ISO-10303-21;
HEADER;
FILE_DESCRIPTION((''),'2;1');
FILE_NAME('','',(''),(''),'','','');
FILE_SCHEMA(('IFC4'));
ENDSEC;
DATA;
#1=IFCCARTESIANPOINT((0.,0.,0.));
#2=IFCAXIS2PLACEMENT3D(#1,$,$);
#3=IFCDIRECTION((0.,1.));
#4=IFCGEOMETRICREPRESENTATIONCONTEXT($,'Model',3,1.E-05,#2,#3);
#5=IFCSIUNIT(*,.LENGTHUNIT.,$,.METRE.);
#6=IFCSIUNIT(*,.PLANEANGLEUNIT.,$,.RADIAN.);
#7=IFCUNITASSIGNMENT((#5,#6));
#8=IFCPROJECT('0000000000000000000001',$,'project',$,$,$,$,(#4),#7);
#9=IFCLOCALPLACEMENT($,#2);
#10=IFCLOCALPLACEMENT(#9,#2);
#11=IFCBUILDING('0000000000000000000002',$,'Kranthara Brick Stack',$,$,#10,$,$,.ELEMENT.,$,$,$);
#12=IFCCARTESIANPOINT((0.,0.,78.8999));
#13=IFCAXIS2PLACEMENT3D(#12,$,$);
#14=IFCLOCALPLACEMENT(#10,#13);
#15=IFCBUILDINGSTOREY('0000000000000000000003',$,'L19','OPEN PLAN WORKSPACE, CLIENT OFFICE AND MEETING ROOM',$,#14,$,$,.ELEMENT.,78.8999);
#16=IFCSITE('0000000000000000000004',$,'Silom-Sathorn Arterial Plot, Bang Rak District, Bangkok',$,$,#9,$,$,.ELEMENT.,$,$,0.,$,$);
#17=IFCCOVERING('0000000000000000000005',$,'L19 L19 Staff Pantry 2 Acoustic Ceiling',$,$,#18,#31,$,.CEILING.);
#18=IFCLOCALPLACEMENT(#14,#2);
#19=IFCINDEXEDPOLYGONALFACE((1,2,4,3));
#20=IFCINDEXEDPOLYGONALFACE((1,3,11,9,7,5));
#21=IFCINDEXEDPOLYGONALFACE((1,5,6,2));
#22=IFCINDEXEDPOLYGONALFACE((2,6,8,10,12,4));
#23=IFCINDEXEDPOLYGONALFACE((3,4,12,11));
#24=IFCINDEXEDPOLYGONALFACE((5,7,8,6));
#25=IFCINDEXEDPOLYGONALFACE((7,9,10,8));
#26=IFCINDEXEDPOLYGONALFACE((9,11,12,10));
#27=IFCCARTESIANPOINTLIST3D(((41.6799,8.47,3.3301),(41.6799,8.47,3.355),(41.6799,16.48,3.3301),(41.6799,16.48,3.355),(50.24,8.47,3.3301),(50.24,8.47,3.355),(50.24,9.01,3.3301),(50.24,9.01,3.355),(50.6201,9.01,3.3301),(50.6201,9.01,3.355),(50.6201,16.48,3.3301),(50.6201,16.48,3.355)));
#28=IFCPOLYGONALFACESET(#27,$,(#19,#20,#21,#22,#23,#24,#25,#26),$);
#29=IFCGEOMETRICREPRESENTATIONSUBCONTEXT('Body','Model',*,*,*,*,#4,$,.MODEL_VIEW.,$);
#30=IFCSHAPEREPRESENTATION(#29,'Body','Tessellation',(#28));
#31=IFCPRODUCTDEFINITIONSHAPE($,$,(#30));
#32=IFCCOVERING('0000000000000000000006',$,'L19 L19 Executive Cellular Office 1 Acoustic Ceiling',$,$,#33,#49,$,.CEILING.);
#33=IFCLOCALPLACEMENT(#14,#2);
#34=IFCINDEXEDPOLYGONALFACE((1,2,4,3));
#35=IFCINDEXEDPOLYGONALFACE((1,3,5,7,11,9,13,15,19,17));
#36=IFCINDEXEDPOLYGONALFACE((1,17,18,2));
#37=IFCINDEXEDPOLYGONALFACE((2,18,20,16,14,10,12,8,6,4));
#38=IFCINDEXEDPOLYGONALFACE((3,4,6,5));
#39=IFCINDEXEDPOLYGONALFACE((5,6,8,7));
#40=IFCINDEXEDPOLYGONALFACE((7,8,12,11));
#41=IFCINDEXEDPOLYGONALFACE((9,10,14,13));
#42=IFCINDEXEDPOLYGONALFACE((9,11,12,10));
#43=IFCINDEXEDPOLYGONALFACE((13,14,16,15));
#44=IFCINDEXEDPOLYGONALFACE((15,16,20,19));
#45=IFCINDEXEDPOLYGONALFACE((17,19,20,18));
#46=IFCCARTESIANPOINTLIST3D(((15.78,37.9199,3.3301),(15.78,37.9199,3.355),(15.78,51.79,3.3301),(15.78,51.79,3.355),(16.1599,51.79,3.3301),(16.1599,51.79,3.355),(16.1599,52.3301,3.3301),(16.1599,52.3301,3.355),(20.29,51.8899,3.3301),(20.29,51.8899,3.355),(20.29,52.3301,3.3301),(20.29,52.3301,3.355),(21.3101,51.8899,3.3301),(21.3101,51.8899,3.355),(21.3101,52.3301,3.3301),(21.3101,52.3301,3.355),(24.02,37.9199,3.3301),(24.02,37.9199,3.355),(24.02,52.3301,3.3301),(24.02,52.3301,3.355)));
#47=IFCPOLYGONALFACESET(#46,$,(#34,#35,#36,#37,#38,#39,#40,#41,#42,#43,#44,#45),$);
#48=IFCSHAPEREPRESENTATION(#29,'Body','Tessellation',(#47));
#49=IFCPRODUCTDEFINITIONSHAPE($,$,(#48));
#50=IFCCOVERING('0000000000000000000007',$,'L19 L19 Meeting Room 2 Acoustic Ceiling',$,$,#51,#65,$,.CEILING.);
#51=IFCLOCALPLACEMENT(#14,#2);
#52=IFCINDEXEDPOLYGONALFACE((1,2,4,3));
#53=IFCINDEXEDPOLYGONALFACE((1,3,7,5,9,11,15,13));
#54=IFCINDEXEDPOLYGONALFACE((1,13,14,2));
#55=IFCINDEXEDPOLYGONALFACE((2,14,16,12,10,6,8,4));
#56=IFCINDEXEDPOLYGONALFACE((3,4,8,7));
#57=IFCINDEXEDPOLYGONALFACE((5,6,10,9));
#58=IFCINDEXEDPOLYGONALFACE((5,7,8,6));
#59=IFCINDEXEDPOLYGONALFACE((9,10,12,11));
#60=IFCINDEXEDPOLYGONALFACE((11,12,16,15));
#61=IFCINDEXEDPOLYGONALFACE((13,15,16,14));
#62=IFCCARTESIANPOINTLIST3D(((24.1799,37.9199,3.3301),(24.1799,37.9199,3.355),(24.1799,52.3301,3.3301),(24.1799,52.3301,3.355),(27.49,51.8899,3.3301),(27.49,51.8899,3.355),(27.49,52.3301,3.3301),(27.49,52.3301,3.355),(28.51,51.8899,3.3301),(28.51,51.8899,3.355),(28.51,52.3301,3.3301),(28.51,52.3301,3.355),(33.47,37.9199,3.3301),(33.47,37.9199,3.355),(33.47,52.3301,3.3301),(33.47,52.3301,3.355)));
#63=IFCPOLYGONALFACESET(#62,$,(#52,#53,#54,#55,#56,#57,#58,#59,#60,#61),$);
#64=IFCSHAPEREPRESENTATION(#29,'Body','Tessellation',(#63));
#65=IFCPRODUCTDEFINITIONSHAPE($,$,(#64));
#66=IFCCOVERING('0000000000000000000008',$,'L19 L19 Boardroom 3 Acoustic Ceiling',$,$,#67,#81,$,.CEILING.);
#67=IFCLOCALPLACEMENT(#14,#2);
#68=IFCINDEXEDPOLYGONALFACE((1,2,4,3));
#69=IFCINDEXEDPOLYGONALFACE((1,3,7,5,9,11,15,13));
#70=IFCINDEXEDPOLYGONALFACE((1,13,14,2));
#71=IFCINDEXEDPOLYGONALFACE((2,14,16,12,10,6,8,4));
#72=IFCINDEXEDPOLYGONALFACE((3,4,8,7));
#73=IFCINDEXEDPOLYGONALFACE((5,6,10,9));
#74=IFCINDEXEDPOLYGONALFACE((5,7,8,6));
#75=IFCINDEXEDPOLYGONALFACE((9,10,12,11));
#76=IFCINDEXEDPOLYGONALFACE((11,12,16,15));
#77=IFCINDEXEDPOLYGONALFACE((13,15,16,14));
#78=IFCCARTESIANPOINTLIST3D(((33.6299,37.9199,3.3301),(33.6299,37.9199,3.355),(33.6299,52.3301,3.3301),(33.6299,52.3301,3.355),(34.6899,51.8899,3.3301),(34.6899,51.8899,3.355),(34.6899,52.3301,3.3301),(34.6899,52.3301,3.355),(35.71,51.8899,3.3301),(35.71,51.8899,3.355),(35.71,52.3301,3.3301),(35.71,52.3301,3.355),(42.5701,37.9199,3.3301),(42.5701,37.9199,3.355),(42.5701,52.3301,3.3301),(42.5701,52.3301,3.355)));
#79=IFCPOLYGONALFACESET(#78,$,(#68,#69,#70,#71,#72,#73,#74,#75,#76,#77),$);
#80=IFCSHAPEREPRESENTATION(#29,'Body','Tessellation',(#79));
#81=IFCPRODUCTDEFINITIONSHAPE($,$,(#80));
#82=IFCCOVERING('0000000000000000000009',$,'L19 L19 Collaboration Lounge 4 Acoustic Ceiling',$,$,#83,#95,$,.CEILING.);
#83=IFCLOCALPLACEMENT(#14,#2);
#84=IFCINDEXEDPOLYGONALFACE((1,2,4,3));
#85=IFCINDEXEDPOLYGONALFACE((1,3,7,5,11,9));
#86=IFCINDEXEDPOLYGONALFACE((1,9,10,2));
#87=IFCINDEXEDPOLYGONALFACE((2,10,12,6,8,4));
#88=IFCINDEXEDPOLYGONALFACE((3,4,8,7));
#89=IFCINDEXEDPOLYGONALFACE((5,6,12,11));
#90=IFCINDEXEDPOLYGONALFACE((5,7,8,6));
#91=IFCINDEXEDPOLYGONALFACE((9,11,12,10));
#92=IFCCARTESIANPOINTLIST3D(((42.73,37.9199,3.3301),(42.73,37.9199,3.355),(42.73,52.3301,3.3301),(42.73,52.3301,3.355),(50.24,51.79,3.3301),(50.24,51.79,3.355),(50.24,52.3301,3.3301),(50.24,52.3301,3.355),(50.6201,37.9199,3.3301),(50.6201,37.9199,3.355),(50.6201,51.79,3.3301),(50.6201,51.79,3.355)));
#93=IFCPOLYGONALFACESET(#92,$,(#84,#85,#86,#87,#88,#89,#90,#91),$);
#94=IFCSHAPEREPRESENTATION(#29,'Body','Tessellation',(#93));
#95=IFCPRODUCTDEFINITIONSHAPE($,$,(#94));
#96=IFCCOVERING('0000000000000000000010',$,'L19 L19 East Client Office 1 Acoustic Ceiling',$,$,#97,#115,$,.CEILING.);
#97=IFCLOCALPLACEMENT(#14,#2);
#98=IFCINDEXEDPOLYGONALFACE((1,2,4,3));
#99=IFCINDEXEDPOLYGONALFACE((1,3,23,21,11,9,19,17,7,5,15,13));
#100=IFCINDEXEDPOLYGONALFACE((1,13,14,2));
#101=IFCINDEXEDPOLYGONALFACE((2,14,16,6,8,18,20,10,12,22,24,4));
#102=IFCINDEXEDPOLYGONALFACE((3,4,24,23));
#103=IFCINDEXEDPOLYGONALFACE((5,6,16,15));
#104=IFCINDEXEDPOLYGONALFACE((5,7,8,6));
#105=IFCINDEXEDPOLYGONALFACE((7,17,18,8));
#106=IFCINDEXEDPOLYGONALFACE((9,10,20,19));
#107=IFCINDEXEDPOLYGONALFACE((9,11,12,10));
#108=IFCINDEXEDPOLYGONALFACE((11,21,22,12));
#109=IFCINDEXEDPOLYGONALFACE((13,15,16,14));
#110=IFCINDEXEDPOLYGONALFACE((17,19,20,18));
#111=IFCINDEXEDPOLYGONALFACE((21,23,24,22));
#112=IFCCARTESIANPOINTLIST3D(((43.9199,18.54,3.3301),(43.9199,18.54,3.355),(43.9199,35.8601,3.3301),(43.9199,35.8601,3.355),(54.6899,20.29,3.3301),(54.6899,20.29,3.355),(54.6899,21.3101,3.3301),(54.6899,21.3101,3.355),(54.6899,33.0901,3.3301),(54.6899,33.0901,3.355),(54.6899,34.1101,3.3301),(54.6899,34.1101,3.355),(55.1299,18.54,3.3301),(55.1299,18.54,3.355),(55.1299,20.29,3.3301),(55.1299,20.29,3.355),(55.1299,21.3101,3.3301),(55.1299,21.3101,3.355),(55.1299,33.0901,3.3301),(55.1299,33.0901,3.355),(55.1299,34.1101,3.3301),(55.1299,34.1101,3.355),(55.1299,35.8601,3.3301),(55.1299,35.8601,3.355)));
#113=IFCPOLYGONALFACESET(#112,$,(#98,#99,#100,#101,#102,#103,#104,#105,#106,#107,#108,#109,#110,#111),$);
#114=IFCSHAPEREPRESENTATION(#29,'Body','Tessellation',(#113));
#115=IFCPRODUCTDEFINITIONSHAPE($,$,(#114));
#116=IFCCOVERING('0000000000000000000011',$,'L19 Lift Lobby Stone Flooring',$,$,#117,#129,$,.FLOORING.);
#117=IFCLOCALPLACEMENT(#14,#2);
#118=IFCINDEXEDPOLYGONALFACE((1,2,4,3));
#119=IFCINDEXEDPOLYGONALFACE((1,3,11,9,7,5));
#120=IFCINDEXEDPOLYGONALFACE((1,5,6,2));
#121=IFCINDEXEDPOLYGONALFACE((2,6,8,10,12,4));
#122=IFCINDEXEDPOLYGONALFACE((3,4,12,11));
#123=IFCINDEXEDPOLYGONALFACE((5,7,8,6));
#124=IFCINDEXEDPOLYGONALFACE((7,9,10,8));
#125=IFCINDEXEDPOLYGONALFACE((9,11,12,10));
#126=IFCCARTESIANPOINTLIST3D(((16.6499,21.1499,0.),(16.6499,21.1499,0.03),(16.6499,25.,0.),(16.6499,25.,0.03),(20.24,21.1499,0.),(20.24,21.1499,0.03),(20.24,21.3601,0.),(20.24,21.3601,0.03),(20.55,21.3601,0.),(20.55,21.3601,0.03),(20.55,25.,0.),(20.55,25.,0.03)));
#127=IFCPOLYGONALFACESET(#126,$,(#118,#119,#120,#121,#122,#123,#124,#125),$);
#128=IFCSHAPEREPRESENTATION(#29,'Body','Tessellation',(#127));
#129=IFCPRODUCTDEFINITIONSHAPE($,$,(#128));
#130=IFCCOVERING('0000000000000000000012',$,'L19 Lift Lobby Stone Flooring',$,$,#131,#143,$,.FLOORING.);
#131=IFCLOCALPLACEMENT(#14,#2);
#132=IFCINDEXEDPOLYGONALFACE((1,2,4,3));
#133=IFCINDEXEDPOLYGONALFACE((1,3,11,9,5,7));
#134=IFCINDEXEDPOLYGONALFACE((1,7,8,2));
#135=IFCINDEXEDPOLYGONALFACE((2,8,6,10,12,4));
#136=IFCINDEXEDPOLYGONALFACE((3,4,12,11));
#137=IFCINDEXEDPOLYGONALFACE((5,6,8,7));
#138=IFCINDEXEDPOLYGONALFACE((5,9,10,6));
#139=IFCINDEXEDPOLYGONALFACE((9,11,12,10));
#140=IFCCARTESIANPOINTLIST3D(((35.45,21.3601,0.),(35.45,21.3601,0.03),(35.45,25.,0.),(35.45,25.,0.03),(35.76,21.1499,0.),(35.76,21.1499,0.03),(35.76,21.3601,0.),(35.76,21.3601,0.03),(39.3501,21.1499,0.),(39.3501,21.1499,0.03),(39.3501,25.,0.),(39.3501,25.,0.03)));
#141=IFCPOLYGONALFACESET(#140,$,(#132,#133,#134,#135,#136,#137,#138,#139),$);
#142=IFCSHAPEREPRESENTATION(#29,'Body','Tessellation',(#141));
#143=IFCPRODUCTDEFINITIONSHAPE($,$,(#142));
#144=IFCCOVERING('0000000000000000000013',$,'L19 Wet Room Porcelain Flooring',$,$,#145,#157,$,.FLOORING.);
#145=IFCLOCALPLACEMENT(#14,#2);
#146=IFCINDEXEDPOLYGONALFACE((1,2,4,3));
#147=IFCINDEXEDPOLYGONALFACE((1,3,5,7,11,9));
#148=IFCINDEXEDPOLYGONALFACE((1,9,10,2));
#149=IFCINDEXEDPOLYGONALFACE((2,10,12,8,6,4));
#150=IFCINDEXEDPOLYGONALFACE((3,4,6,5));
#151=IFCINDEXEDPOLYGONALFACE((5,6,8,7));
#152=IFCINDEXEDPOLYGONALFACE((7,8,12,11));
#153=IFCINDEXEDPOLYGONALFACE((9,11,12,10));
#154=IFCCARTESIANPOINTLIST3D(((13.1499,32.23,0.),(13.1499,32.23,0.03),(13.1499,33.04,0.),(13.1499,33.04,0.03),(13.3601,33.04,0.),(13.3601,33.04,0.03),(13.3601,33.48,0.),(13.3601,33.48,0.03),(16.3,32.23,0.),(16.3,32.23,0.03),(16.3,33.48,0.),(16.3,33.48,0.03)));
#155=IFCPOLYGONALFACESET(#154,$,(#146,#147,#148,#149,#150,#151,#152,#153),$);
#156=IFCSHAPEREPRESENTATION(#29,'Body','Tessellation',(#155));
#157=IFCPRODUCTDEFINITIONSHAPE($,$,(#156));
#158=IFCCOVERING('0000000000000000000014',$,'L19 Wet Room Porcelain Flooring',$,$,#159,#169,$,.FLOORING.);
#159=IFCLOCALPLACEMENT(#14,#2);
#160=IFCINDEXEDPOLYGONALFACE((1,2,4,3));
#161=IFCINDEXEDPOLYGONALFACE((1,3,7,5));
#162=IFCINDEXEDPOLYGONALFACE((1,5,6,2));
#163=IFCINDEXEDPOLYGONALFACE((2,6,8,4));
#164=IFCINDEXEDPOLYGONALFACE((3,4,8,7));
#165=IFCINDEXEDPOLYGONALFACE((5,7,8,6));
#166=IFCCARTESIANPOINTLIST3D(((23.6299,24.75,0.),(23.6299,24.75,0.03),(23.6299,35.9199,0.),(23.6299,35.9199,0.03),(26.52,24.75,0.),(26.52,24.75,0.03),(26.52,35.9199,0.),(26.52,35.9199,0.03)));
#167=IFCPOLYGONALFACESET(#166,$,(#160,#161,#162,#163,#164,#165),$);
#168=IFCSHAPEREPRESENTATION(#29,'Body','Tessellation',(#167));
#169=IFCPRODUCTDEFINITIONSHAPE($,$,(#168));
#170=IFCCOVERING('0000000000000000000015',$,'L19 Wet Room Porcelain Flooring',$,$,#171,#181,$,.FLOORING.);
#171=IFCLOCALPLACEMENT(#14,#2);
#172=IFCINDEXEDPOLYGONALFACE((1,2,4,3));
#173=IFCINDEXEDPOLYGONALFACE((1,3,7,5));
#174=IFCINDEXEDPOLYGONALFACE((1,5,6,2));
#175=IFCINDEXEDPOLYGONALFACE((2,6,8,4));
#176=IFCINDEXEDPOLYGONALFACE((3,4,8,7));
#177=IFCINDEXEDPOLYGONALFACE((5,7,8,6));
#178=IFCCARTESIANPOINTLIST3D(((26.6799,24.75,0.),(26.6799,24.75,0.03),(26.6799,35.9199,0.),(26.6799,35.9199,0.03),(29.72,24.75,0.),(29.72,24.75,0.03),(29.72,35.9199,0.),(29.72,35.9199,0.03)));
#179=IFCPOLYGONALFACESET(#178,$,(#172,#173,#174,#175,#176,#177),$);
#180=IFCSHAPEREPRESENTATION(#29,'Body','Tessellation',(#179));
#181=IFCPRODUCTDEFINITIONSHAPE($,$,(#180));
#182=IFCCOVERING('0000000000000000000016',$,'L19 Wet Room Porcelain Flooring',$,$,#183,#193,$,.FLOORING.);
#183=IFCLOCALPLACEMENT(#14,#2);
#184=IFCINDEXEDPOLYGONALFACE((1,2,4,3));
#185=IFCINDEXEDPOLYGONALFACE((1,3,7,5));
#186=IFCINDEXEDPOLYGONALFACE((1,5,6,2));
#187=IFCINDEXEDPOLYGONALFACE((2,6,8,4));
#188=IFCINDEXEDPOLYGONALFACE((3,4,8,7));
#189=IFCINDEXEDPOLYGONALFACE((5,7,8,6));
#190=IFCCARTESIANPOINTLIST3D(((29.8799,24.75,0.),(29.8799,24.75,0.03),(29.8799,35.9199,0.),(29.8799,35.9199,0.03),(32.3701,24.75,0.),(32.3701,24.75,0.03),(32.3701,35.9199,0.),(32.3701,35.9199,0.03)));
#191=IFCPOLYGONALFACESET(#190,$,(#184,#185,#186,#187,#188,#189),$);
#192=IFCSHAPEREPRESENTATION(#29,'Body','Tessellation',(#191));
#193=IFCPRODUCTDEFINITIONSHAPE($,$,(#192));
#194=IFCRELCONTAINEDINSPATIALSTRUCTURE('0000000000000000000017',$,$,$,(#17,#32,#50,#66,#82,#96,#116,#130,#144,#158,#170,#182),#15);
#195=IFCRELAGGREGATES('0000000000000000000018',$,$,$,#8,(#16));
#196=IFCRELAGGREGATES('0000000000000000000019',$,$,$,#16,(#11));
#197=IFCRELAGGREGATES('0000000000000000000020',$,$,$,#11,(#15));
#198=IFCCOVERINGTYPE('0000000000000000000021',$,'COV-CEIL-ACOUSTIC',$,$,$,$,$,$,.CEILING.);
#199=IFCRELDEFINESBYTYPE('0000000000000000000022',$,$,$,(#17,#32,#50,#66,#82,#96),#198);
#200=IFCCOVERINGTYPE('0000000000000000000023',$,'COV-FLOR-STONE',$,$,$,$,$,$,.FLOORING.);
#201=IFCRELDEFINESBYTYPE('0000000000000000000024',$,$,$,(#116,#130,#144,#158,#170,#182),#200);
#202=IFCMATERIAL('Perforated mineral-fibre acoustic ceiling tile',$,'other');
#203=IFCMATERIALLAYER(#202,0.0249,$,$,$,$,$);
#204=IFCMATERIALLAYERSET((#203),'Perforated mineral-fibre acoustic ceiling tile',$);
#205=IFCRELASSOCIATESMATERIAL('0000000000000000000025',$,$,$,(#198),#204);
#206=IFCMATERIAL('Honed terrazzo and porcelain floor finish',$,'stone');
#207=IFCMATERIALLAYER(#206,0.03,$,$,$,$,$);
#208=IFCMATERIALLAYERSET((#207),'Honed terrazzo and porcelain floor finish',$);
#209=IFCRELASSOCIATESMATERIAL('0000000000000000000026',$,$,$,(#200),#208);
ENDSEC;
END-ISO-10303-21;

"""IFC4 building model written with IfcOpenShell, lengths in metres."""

from ifc_helpers import new_model, si_unit, direction, frame, origin, place, context, subcontext, project, spatial, polyline, outline, extrude, material, layer, layer_set, type_object, element, save


model = new_model("IFC4")

# Units and contexts
model_context = context("Model", 3, precision=1e-05, world=origin(), true_north=direction((0.0, 1.0)))
body_context = subcontext(model_context, "Body", "Model", "MODEL_VIEW")
ifc_project = project(units=[si_unit("LENGTHUNIT", "METRE"), si_unit("PLANEANGLEUNIT", "RADIAN")], contexts=[model_context])

# Site, building, storey
site_placement = place(None, origin())
site = spatial("IfcSite", under=ifc_project, at=site_placement, Name="Silom-Sathorn Arterial Plot, Bang Rak District, Bangkok", CompositionType="ELEMENT", RefElevation=0.0)
building_placement = place(site_placement, origin())
building = spatial("IfcBuilding", under=site, at=building_placement, Name="Kranthara Brick Stack", CompositionType="ELEMENT")
storey_placement = place(building_placement, frame((0.0, 0.0, 78.8999)))
storey = spatial("IfcBuildingStorey", under=building, at=storey_placement, Name="L19", Description="OPEN PLAN WORKSPACE, CLIENT OFFICE AND MEETING ROOM", CompositionType="ELEMENT", Elevation=78.8999)

# Coverings
ifc_material_1 = material(Name="Perforated mineral-fibre acoustic ceiling tile", Category="other")
ifc_layer_1 = layer(ifc_material_1, 0.0249)
ifc_layer_set_1 = layer_set([ifc_layer_1], Name="Perforated mineral-fibre acoustic ceiling tile")
covering_type_1 = type_object("IfcCoveringType", Name="COV-CEIL-ACOUSTIC", PredefinedType="CEILING", material=ifc_layer_set_1)
covering_1_placement = place(storey_placement, frame((0.0, 0.0, 3.3301)))
element("IfcCovering", 1, at=covering_1_placement, inside=storey, type_object=covering_type_1, Name="L19 L19 Staff Pantry 2 Acoustic Ceiling", PredefinedType="CEILING", context=body_context, shape_type="SweptSolid", body=[
    extrude(outline(polyline([(41.6799, 8.47), (41.6799, 16.48), (50.6201, 16.48), (50.6201, 9.01), (50.24, 9.01), (50.24, 8.47), (41.6799, 8.47)])), origin(), (0.0, 0.0, 1.0), 0.0249),
])
covering_2_placement = place(storey_placement, frame((0.0, 0.0, 3.3301)))
element("IfcCovering", 2, at=covering_2_placement, inside=storey, type_object=covering_type_1, Name="L19 L19 Executive Cellular Office 1 Acoustic Ceiling", PredefinedType="CEILING", context=body_context, shape_type="SweptSolid", body=[
    extrude(outline(polyline([(24.02, 37.9199), (15.78, 37.9199), (15.78, 51.79), (16.1599, 51.79), (16.1599, 52.3301), (20.29, 52.3301), (20.29, 51.8899), (21.3101, 51.8899), (21.3101, 52.3301), (24.02, 52.3301), (24.02, 37.9199)])), origin(), (0.0, 0.0, 1.0), 0.0249),
])
covering_3_placement = place(storey_placement, frame((0.0, 0.0, 3.3301)))
element("IfcCovering", 3, at=covering_3_placement, inside=storey, type_object=covering_type_1, Name="L19 L19 Meeting Room 2 Acoustic Ceiling", PredefinedType="CEILING", context=body_context, shape_type="SweptSolid", body=[
    extrude(outline(polyline([(33.47, 52.3301), (33.47, 37.9199), (24.1799, 37.9199), (24.1799, 52.3301), (27.49, 52.3301), (27.49, 51.8899), (28.51, 51.8899), (28.51, 52.3301), (33.47, 52.3301)])), origin(), (0.0, 0.0, 1.0), 0.0249),
])
covering_4_placement = place(storey_placement, frame((0.0, 0.0, 3.3301)))
element("IfcCovering", 4, at=covering_4_placement, inside=storey, type_object=covering_type_1, Name="L19 L19 Boardroom 3 Acoustic Ceiling", PredefinedType="CEILING", context=body_context, shape_type="SweptSolid", body=[
    extrude(outline(polyline([(42.5701, 52.3301), (42.5701, 37.9199), (33.6299, 37.9199), (33.6299, 52.3301), (34.6899, 52.3301), (34.6899, 51.8899), (35.71, 51.8899), (35.71, 52.3301), (42.5701, 52.3301)])), origin(), (0.0, 0.0, 1.0), 0.0249),
])
covering_5_placement = place(storey_placement, frame((0.0, 0.0, 3.3301)))
element("IfcCovering", 5, at=covering_5_placement, inside=storey, type_object=covering_type_1, Name="L19 L19 Collaboration Lounge 4 Acoustic Ceiling", PredefinedType="CEILING", context=body_context, shape_type="SweptSolid", body=[
    extrude(outline(polyline([(50.6201, 37.9199), (42.73, 37.9199), (42.73, 52.3301), (50.24, 52.3301), (50.24, 51.79), (50.6201, 51.79), (50.6201, 37.9199)])), origin(), (0.0, 0.0, 1.0), 0.0249),
])
covering_6_placement = place(storey_placement, frame((0.0, 0.0, 3.3301)))
element("IfcCovering", 6, at=covering_6_placement, inside=storey, type_object=covering_type_1, Name="L19 L19 East Client Office 1 Acoustic Ceiling", PredefinedType="CEILING", context=body_context, shape_type="SweptSolid", body=[
    extrude(outline(polyline([(43.9199, 18.54), (43.9199, 35.8601), (55.1299, 35.8601), (55.1299, 34.1101), (54.6899, 34.1101), (54.6899, 33.0901), (55.1299, 33.0901), (55.1299, 21.3101), (54.6899, 21.3101), (54.6899, 20.29), (55.1299, 20.29), (55.1299, 18.54), (43.9199, 18.54)])), origin(), (0.0, 0.0, 1.0), 0.0249),
])
ifc_material_2 = material(Name="Honed terrazzo and porcelain floor finish", Category="stone")
ifc_layer_2 = layer(ifc_material_2, 0.03)
ifc_layer_set_2 = layer_set([ifc_layer_2], Name="Honed terrazzo and porcelain floor finish")
covering_type_2 = type_object("IfcCoveringType", Name="COV-FLOR-STONE", PredefinedType="FLOORING", material=ifc_layer_set_2)
covering_7_placement = place(storey_placement, origin())
element("IfcCovering", 7, at=covering_7_placement, inside=storey, type_object=covering_type_2, Name="L19 Lift Lobby Stone Flooring", PredefinedType="FLOORING", context=body_context, shape_type="SweptSolid", body=[
    extrude(outline(polyline([(16.6499, 21.1499), (16.6499, 25.0), (20.55, 25.0), (20.55, 21.3601), (20.24, 21.3601), (20.24, 21.1499), (16.6499, 21.1499)])), origin(), (0.0, 0.0, 1.0), 0.03),
])
covering_8_placement = place(storey_placement, origin())
element("IfcCovering", 8, at=covering_8_placement, inside=storey, type_object=covering_type_2, Name="L19 Lift Lobby Stone Flooring", PredefinedType="FLOORING", context=body_context, shape_type="SweptSolid", body=[
    extrude(outline(polyline([(35.45, 25.0), (39.3501, 25.0), (39.3501, 21.1499), (35.76, 21.1499), (35.76, 21.3601), (35.45, 21.3601), (35.45, 25.0)])), origin(), (0.0, 0.0, 1.0), 0.03),
])
covering_9_placement = place(storey_placement, origin())
element("IfcCovering", 9, at=covering_9_placement, inside=storey, type_object=covering_type_2, Name="L19 Wet Room Porcelain Flooring", PredefinedType="FLOORING", context=body_context, shape_type="SweptSolid", body=[
    extrude(outline(polyline([(16.3, 33.48), (16.3, 32.23), (13.1499, 32.23), (13.1499, 33.04), (13.3601, 33.04), (13.3601, 33.48), (16.3, 33.48)])), origin(), (0.0, 0.0, 1.0), 0.03),
])
covering_10_placement = place(storey_placement, origin())
element("IfcCovering", 10, at=covering_10_placement, inside=storey, type_object=covering_type_2, Name="L19 Wet Room Porcelain Flooring", PredefinedType="FLOORING", context=body_context, shape_type="SweptSolid", body=[
    extrude(outline(polyline([(26.52, 24.75), (26.52, 35.9199), (23.6299, 35.9199), (23.6299, 24.75), (26.52, 24.75)])), origin(), (0.0, 0.0, 1.0), 0.03),
])
covering_11_placement = place(storey_placement, origin())
element("IfcCovering", 11, at=covering_11_placement, inside=storey, type_object=covering_type_2, Name="L19 Wet Room Porcelain Flooring", PredefinedType="FLOORING", context=body_context, shape_type="SweptSolid", body=[
    extrude(outline(polyline([(29.72, 24.75), (29.72, 35.9199), (26.6799, 35.9199), (26.6799, 24.75), (29.72, 24.75)])), origin(), (0.0, 0.0, 1.0), 0.03),
])
covering_12_placement = place(storey_placement, origin())
element("IfcCovering", 12, at=covering_12_placement, inside=storey, type_object=covering_type_2, Name="L19 Wet Room Porcelain Flooring", PredefinedType="FLOORING", context=body_context, shape_type="SweptSolid", body=[
    extrude(outline(polyline([(32.3701, 24.75), (32.3701, 35.9199), (29.8799, 35.9199), (29.8799, 24.75), (32.3701, 24.75)])), origin(), (0.0, 0.0, 1.0), 0.03),
])

save(model, "model.ifc")
